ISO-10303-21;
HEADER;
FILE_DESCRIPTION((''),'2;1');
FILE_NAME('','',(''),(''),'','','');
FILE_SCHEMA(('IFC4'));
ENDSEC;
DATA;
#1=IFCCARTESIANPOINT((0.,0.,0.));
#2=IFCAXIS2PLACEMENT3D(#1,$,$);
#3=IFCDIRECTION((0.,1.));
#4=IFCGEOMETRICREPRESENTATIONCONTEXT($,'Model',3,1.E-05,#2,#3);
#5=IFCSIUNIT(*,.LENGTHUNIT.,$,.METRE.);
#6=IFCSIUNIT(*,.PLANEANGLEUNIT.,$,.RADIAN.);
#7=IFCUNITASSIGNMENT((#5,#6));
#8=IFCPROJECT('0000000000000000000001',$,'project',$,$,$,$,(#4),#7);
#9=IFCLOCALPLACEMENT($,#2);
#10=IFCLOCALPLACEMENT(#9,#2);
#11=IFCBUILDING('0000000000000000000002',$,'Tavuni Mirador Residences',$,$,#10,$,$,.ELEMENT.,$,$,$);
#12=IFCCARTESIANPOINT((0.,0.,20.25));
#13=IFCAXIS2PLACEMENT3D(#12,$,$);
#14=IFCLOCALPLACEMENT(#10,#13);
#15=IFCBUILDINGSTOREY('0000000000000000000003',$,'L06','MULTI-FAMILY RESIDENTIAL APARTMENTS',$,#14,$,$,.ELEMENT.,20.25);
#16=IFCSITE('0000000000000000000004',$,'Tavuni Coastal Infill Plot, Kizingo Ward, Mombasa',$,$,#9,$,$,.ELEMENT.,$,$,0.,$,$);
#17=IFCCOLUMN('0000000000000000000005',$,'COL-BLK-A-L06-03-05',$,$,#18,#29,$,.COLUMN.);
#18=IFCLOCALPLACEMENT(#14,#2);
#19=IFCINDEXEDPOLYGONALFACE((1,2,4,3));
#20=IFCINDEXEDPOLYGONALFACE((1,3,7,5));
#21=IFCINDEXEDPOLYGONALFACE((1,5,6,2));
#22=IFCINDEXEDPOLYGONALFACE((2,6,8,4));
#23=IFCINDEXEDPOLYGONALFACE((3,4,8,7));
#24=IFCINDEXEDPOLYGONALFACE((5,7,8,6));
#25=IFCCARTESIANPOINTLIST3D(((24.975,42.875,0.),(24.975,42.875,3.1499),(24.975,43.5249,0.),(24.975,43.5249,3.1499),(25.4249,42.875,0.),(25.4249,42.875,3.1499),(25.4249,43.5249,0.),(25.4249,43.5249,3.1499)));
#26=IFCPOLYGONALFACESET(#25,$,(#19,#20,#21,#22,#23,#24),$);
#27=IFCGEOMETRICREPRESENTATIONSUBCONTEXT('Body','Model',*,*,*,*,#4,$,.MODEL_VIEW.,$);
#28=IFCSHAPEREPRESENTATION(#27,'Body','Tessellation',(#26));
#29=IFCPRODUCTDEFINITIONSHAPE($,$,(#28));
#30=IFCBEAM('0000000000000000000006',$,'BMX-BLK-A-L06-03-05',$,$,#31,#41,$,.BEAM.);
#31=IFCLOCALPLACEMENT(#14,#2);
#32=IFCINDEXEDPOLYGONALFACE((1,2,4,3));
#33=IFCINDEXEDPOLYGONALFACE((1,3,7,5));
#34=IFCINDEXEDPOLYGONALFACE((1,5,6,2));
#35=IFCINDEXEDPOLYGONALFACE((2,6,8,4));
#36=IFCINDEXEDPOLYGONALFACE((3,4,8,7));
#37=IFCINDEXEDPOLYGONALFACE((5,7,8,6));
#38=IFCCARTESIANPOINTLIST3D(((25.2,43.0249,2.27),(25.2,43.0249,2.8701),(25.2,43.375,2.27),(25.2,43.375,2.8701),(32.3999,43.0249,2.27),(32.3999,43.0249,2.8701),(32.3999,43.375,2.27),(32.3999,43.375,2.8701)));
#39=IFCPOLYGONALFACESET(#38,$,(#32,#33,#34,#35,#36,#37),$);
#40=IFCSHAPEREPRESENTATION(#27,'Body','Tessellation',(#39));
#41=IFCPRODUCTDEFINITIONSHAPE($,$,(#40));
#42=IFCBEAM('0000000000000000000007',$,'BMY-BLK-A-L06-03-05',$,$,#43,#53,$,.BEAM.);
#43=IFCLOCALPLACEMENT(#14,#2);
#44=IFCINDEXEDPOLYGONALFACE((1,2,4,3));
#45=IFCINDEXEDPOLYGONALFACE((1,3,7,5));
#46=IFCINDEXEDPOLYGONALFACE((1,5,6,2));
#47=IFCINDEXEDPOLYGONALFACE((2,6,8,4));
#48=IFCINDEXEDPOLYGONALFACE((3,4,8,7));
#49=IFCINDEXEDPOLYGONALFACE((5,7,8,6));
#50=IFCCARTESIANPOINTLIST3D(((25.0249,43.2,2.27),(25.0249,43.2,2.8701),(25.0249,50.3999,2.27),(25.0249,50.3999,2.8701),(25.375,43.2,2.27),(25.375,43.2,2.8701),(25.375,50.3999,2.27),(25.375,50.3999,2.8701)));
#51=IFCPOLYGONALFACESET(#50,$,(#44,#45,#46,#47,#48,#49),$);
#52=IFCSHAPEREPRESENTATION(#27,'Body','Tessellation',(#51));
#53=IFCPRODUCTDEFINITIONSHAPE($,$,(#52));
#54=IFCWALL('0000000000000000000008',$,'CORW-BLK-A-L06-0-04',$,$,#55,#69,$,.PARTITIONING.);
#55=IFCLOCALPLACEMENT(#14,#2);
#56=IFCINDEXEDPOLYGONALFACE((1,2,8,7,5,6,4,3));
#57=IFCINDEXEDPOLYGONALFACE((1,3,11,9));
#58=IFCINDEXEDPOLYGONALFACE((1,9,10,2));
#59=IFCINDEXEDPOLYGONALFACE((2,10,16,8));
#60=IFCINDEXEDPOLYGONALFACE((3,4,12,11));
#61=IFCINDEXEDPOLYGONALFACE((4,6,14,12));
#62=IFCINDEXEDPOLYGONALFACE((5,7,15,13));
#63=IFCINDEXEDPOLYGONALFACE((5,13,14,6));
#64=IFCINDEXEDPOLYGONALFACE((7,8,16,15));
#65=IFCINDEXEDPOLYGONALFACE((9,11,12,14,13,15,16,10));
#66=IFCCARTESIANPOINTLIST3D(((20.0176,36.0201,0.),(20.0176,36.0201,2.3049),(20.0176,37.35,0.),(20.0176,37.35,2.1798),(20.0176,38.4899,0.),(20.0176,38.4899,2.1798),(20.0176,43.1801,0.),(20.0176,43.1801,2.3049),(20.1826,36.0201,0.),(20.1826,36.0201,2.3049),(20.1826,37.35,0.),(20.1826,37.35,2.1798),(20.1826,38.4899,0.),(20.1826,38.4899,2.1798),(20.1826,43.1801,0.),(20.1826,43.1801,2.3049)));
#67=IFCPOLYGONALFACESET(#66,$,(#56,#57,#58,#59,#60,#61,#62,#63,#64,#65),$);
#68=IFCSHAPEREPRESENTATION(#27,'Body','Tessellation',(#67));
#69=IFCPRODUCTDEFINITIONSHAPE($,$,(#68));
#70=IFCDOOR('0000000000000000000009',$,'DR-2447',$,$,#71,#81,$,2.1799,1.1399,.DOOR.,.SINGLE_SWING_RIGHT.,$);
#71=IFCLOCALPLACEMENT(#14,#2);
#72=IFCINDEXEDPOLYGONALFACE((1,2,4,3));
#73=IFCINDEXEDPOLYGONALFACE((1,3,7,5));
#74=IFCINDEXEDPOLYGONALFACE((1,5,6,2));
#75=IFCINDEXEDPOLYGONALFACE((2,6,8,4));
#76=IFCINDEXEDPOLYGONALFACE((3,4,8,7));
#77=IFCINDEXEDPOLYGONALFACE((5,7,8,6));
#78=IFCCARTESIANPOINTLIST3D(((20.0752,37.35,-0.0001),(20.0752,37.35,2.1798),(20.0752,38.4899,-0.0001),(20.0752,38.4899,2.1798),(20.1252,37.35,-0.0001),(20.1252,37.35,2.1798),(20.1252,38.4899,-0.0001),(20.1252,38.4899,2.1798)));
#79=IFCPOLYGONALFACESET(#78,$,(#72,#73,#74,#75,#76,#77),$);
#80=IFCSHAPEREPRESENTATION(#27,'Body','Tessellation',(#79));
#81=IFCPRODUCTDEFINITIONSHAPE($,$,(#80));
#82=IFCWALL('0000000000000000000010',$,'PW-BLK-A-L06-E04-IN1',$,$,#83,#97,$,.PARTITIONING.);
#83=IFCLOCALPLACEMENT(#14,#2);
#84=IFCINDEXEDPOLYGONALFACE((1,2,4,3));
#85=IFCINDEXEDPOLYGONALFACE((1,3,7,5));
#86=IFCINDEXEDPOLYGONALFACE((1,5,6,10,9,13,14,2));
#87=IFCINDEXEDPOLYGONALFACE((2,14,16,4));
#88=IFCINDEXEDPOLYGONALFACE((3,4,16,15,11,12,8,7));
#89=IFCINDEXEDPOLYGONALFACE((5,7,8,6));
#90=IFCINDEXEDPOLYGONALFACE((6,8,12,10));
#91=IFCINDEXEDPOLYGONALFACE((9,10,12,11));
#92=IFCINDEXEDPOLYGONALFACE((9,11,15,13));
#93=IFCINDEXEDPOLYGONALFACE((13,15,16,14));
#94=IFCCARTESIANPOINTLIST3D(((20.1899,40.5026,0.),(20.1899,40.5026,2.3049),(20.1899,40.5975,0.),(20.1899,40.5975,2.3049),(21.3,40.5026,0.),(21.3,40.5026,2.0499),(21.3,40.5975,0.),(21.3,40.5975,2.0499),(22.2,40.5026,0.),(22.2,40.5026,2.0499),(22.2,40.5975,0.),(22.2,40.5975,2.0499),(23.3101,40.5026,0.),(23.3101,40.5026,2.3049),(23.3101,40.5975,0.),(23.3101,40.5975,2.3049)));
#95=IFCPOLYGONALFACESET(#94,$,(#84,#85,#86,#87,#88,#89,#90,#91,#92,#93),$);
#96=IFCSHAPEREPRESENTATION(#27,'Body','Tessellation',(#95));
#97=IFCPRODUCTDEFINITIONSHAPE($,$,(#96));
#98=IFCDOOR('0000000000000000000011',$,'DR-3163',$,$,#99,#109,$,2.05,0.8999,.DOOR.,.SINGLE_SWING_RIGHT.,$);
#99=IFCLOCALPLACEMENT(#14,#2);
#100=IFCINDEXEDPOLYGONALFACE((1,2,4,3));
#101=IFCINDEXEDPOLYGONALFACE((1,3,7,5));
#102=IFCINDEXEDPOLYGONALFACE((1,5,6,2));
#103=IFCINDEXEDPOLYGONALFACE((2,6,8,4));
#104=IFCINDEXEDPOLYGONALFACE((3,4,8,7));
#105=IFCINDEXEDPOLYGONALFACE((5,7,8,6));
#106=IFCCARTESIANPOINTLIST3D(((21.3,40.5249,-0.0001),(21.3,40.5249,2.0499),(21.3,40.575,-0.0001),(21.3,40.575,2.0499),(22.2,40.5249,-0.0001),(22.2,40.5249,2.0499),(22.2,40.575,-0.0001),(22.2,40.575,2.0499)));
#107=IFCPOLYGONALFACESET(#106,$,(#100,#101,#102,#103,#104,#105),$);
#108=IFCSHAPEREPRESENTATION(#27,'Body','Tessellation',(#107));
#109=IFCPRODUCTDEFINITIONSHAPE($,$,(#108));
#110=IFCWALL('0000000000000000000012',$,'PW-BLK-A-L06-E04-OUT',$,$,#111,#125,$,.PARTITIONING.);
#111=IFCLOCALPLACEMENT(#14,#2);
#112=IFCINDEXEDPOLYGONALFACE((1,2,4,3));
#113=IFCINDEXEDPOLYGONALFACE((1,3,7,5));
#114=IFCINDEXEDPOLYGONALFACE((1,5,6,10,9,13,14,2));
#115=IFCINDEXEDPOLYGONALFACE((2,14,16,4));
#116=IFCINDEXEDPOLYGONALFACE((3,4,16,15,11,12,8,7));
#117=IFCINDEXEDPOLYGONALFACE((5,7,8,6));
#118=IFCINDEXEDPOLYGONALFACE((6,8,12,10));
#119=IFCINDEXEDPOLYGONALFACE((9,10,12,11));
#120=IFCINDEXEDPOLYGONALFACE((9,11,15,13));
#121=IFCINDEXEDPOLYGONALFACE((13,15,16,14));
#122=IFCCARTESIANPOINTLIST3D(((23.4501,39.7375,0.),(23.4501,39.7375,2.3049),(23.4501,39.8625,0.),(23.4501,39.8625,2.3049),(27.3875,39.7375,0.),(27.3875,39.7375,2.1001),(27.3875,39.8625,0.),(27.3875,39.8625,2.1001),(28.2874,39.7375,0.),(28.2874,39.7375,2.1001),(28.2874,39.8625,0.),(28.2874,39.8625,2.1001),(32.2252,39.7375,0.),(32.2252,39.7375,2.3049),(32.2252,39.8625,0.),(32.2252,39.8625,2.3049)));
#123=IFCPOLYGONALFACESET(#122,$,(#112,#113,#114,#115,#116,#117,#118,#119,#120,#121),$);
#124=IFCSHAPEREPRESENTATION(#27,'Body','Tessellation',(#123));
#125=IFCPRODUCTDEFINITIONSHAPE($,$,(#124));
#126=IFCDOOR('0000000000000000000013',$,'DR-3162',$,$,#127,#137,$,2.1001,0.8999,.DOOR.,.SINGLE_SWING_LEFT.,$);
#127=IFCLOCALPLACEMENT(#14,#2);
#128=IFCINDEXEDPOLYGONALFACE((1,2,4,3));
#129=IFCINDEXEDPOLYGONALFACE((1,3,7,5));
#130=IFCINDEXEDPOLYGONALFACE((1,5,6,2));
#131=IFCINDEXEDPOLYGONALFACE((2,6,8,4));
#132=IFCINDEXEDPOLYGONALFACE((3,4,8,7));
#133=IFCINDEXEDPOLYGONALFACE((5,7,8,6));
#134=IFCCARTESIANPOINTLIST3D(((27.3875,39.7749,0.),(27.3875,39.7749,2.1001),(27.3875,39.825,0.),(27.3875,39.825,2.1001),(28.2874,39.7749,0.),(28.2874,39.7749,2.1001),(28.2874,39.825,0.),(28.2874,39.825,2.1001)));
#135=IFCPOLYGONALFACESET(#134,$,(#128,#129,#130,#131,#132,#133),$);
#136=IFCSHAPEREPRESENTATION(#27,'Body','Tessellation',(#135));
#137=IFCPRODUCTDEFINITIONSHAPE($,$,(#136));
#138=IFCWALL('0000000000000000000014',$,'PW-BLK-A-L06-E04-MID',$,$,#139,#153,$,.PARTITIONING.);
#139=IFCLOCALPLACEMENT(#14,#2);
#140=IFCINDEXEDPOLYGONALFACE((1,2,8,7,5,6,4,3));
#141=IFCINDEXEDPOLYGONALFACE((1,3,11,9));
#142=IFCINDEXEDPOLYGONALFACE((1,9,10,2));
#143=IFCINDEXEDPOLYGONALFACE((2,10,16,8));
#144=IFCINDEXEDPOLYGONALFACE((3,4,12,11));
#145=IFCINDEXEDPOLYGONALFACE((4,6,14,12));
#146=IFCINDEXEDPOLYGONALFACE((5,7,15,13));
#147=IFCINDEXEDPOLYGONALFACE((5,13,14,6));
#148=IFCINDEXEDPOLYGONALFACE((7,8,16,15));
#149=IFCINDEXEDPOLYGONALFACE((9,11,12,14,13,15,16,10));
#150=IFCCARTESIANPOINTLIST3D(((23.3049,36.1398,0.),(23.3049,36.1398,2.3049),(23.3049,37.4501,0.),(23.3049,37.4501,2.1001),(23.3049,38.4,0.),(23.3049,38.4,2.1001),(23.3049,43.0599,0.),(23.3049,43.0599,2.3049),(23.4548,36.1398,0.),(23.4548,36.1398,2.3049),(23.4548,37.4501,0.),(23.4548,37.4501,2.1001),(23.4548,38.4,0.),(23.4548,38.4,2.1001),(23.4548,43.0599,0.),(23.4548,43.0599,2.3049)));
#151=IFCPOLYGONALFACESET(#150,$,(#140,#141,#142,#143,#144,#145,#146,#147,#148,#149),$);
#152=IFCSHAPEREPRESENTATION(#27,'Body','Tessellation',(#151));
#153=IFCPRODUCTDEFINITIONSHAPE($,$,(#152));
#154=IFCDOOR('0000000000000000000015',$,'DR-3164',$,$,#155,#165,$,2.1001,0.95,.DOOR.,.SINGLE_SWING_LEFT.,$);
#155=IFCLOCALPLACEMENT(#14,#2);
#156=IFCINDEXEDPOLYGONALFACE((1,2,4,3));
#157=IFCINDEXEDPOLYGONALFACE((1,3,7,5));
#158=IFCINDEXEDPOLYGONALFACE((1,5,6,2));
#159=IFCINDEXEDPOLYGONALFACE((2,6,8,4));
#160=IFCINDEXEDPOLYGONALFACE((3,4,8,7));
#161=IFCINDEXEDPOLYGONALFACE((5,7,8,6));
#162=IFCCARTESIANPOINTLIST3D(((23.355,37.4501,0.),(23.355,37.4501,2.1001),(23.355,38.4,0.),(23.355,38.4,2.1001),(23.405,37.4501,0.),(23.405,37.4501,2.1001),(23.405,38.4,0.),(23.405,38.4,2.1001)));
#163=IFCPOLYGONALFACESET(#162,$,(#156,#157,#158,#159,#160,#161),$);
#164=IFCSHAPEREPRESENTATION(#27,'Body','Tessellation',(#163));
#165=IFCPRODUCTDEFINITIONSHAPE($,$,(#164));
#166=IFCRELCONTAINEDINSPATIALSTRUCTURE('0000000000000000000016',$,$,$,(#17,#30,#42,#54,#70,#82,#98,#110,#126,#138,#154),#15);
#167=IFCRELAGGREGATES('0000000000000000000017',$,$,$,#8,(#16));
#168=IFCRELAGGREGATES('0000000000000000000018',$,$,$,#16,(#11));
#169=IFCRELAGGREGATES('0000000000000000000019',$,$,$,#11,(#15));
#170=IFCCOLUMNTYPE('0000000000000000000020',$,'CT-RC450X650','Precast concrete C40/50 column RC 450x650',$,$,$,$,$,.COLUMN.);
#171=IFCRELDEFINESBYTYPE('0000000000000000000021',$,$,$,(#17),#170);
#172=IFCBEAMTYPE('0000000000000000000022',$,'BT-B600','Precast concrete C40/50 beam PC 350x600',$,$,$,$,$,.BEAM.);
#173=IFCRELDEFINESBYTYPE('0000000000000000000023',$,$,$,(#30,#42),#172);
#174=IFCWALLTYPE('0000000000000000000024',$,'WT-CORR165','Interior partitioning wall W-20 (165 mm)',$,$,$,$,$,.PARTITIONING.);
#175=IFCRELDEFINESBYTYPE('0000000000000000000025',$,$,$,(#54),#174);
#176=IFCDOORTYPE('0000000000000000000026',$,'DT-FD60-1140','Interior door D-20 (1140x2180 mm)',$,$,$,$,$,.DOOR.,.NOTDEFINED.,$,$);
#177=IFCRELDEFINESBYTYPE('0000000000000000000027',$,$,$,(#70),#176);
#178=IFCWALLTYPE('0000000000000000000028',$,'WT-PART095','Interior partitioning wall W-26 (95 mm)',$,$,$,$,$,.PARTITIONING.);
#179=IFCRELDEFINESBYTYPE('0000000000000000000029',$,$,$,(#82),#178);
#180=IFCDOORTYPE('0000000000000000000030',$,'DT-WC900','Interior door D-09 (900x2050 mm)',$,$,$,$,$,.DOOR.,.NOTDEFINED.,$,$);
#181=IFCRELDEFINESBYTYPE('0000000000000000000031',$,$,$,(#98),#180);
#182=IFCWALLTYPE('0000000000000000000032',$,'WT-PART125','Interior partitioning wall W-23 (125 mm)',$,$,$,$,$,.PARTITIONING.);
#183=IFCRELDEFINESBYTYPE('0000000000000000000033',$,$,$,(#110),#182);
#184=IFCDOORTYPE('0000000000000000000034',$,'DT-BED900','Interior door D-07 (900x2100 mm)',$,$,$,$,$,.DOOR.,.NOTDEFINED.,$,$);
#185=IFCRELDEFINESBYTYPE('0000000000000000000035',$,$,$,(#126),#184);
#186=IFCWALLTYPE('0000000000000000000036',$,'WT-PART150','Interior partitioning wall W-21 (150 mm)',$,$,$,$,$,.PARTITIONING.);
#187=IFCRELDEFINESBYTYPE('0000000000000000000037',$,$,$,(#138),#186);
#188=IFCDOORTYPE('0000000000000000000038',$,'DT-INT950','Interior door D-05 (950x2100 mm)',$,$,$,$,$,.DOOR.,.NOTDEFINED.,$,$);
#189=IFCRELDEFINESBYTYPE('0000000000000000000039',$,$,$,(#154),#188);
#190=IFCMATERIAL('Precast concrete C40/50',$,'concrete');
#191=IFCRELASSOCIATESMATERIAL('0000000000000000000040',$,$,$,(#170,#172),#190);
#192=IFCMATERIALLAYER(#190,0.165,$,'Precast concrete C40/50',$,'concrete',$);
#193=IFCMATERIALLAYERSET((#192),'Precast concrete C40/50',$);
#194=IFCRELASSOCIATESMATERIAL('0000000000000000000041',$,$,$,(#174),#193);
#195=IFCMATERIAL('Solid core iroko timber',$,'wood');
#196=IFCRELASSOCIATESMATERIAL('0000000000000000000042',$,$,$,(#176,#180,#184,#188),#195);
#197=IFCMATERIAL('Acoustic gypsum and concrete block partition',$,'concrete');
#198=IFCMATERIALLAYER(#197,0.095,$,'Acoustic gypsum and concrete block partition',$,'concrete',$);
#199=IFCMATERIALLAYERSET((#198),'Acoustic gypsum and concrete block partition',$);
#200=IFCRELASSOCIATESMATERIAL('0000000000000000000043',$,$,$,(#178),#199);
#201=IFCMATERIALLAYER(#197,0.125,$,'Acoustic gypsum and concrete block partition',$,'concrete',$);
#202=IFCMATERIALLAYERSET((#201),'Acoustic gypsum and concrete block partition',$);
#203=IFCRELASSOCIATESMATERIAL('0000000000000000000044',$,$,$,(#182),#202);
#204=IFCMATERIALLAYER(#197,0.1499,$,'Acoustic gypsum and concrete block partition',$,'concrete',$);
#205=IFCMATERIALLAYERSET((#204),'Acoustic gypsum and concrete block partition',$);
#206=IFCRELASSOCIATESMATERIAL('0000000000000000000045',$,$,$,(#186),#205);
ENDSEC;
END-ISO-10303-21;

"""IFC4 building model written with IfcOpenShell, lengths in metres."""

from ifc_helpers import new_model, si_unit, direction, frame, frame_2d, origin, origin_2d, place, context, subcontext, project, spatial, rectangle, extrude, material, layer, layer_set, material_profile, profile_set, type_object, element, fill, save


model = new_model("IFC4")

# Units and contexts
model_context = context("Model", 3, precision=1e-05, world=origin(), true_north=direction((0.0, 1.0)))
body_context = subcontext(model_context, "Body", "Model", "MODEL_VIEW")
ifc_project = project(units=[si_unit("LENGTHUNIT", "METRE"), si_unit("PLANEANGLEUNIT", "RADIAN")], contexts=[model_context])

# Site, building, storey
site_placement = place(None, origin())
site = spatial("IfcSite", under=ifc_project, at=site_placement, Name="Tavuni Coastal Infill Plot, Kizingo Ward, Mombasa", CompositionType="ELEMENT", RefElevation=0.0)
building_placement = place(site_placement, origin())
building = spatial("IfcBuilding", under=site, at=building_placement, Name="Tavuni Mirador Residences", CompositionType="ELEMENT")
storey_placement = place(building_placement, frame((0.0, 0.0, 20.25)))
storey = spatial("IfcBuildingStorey", under=building, at=storey_placement, Name="L06", Description="MULTI-FAMILY RESIDENTIAL APARTMENTS", CompositionType="ELEMENT", Elevation=20.25)

# Column
ifc_material_1 = material(Name="Precast concrete C40/50", Category="concrete")
ifc_material_profile_1 = material_profile(ifc_material_1, rectangle(XDim=0.45, YDim=0.6499, at=origin_2d()), Name="RC 450x650", Category="concrete")
ifc_profile_set_1 = profile_set([ifc_material_profile_1], Name="Precast concrete C40/50")
column_type = type_object("IfcColumnType", Name="CT-RC450X650", Description="Precast concrete C40/50 column RC 450x650", PredefinedType="COLUMN", material=ifc_profile_set_1)
column_placement = place(storey_placement, frame((25.2, 43.2, 0.0), z_axis=(0.0, 0.0, 1.0), x_axis=(1.0, 0.0, 0.0)))
element("IfcColumn", 1, at=column_placement, inside=storey, type_object=column_type, Name="COL-BLK-A-L06-03-05", PredefinedType="COLUMN", context=body_context, shape_type="SweptSolid", body=[
    extrude(rectangle(XDim=0.45, YDim=0.6499, at=origin_2d()), origin(), (0.0, 0.0, 1.0), 3.1499),
])

# Beams
ifc_material_profile_2 = material_profile(ifc_material_1, rectangle(XDim=0.3501, YDim=0.6001, at=origin_2d()), Name="PC 350x600", Category="concrete")
ifc_profile_set_2 = profile_set([ifc_material_profile_2], Name="Precast concrete C40/50")
beam_type = type_object("IfcBeamType", Name="BT-B600", Description="Precast concrete C40/50 beam PC 350x600", PredefinedType="BEAM", material=ifc_profile_set_2)
for number, where, z_axis, x_axis, name in (
    (2, (25.2, 43.2, 2.5701), (1.0, 0.0, 0.0), (0.0, 1.0, 0.0), "BMX-BLK-A-L06-03-05"),
    (3, (25.2, 43.2, 2.5701), (0.0, 1.0, 0.0), (-1.0, 0.0, 0.0), "BMY-BLK-A-L06-03-05"),
):
    element("IfcBeam", number, at=place(storey_placement, frame(where, z_axis=z_axis, x_axis=x_axis)), inside=storey, type_object=beam_type, Name=name, PredefinedType="BEAM", context=body_context, shape_type="SweptSolid", body=[
        extrude(rectangle(XDim=0.3501, YDim=0.6001, at=origin_2d()), origin(), (0.0, 0.0, 1.0), 7.2),
    ])

# Walls, openings, doors
ifc_layer_1 = layer(ifc_material_1, 0.165, Name="Precast concrete C40/50", Category="concrete")
ifc_layer_set_1 = layer_set([ifc_layer_1], Name="Precast concrete C40/50")
wall_type_1 = type_object("IfcWallType", Name="WT-CORR165", Description="Interior partitioning wall W-20 (165 mm)", PredefinedType="PARTITIONING", material=ifc_layer_set_1)
wall_1_placement = place(storey_placement, frame((20.1001, 36.02, 0.0), z_axis=(0.0, 0.0, 1.0), x_axis=(0.0, 1.0, 0.0)))
wall_1 = element("IfcWall", 4, at=wall_1_placement, inside=storey, type_object=wall_type_1, Name="CORW-BLK-A-L06-0-04", PredefinedType="PARTITIONING", context=body_context, shape_type="SweptSolid", body=[
    extrude(rectangle(XDim=7.1599, YDim=0.165, at=frame_2d((3.5801, 0.0))), origin(), (0.0, 0.0, 1.0), 2.3049),
])
opening_1_placement = place(wall_1_placement, frame((1.3301, 0.0, 0.0)))
opening_1 = element("IfcOpeningElement", 5, at=opening_1_placement, cuts=wall_1, PredefinedType="OPENING", context=body_context, shape_type="SweptSolid", body=[
    extrude(rectangle(XDim=1.1399, YDim=2.1799, at=frame_2d((0.5698, 1.0898))), frame((0.0, 0.0925, 0.0), z_axis=(0.0, -1.0, 0.0), x_axis=(1.0, 0.0, 0.0)), (0.0, 0.0, 1.0), 0.1851),
])
ifc_material_2 = material(Name="Solid core iroko timber", Category="wood")
door_type_1 = type_object("IfcDoorType", Name="DT-FD60-1140", Description="Interior door D-20 (1140x2180 mm)", OperationType="NOTDEFINED", PredefinedType="DOOR", material=ifc_material_2)
door_1_placement = place(opening_1_placement, origin())
door_1 = element("IfcDoor", 6, at=door_1_placement, inside=storey, type_object=door_type_1, Name="DR-2447", OperationType="SINGLE_SWING_RIGHT", OverallHeight=2.1799, OverallWidth=1.1399, PredefinedType="DOOR", context=body_context, shape_type="SweptSolid", body=[
    extrude(rectangle(XDim=1.1399, YDim=2.1799, at=frame_2d((0.5698, 1.0898))), frame((0.0, 0.0249, 0.0), z_axis=(0.0, -1.0, 0.0), x_axis=(1.0, 0.0, 0.0)), (0.0, 0.0, 1.0), 0.05),
])
fill(opening_1, door_1)
ifc_material_3 = material(Name="Acoustic gypsum and concrete block partition", Category="concrete")
ifc_layer_2 = layer(ifc_material_3, 0.095, Name="Acoustic gypsum and concrete block partition", Category="concrete")
ifc_layer_set_2 = layer_set([ifc_layer_2], Name="Acoustic gypsum and concrete block partition")
wall_type_2 = type_object("IfcWallType", Name="WT-PART095", Description="Interior partitioning wall W-26 (95 mm)", PredefinedType="PARTITIONING", material=ifc_layer_set_2)
wall_2_placement = place(storey_placement, frame((20.1899, 40.55, 0.0), z_axis=(0.0, 0.0, 1.0), x_axis=(1.0, 0.0, 0.0)))
wall_2 = element("IfcWall", 7, at=wall_2_placement, inside=storey, type_object=wall_type_2, Name="PW-BLK-A-L06-E04-IN1", PredefinedType="PARTITIONING", context=body_context, shape_type="SweptSolid", body=[
    extrude(rectangle(XDim=3.1201, YDim=0.095, at=frame_2d((1.5601, 0.0))), origin(), (0.0, 0.0, 1.0), 2.3049),
])
opening_2_placement = place(wall_2_placement, frame((1.1101, 0.0, 0.0)))
opening_2 = element("IfcOpeningElement", 8, at=opening_2_placement, cuts=wall_2, PredefinedType="OPENING", context=body_context, shape_type="SweptSolid", body=[
    extrude(rectangle(XDim=0.8999, YDim=2.05, at=frame_2d((0.45, 1.0249))), frame((0.0, 0.0576, 0.0), z_axis=(0.0, -1.0, 0.0), x_axis=(1.0, 0.0, 0.0)), (0.0, 0.0, 1.0), 0.115),
])
door_type_2 = type_object("IfcDoorType", Name="DT-WC900", Description="Interior door D-09 (900x2050 mm)", OperationType="NOTDEFINED", PredefinedType="DOOR", material=ifc_material_2)
door_2_placement = place(opening_2_placement, origin())
door_2 = element("IfcDoor", 9, at=door_2_placement, inside=storey, type_object=door_type_2, Name="DR-3163", OperationType="SINGLE_SWING_RIGHT", OverallHeight=2.05, OverallWidth=0.8999, PredefinedType="DOOR", context=body_context, shape_type="SweptSolid", body=[
    extrude(rectangle(XDim=0.8999, YDim=2.05, at=frame_2d((0.45, 1.0249))), frame((0.0, 0.0249, 0.0), z_axis=(0.0, -1.0, 0.0), x_axis=(1.0, 0.0, 0.0)), (0.0, 0.0, 1.0), 0.05),
])
fill(opening_2, door_2)
ifc_layer_3 = layer(ifc_material_3, 0.125, Name="Acoustic gypsum and concrete block partition", Category="concrete")
ifc_layer_set_3 = layer_set([ifc_layer_3], Name="Acoustic gypsum and concrete block partition")
wall_type_3 = type_object("IfcWallType", Name="WT-PART125", Description="Interior partitioning wall W-23 (125 mm)", PredefinedType="PARTITIONING", material=ifc_layer_set_3)
wall_3_placement = place(storey_placement, frame((23.45, 39.8, 0.0), z_axis=(0.0, 0.0, 1.0), x_axis=(1.0, 0.0, 0.0)))
wall_3 = element("IfcWall", 10, at=wall_3_placement, inside=storey, type_object=wall_type_3, Name="PW-BLK-A-L06-E04-OUT", PredefinedType="PARTITIONING", context=body_context, shape_type="SweptSolid", body=[
    extrude(rectangle(XDim=8.7751, YDim=0.125, at=frame_2d((4.3877, 0.0))), origin(), (0.0, 0.0, 1.0), 2.3049),
])
opening_3_placement = place(wall_3_placement, frame((3.9375, 0.0, 0.0)))
opening_3 = element("IfcOpeningElement", 11, at=opening_3_placement, cuts=wall_3, PredefinedType="OPENING", context=body_context, shape_type="SweptSolid", body=[
    extrude(rectangle(XDim=0.8999, YDim=2.1001, at=frame_2d((0.45, 1.05))), frame((0.0, 0.0725, 0.0), z_axis=(0.0, -1.0, 0.0), x_axis=(1.0, 0.0, 0.0)), (0.0, 0.0, 1.0), 0.145),
])
door_type_3 = type_object("IfcDoorType", Name="DT-BED900", Description="Interior door D-07 (900x2100 mm)", OperationType="NOTDEFINED", PredefinedType="DOOR", material=ifc_material_2)
door_3_placement = place(opening_3_placement, origin())
door_3 = element("IfcDoor", 12, at=door_3_placement, inside=storey, type_object=door_type_3, Name="DR-3162", OperationType="SINGLE_SWING_LEFT", OverallHeight=2.1001, OverallWidth=0.8999, PredefinedType="DOOR", context=body_context, shape_type="SweptSolid", body=[
    extrude(rectangle(XDim=0.8999, YDim=2.1001, at=frame_2d((0.45, 1.05))), frame((0.0, 0.0249, 0.0), z_axis=(0.0, -1.0, 0.0), x_axis=(1.0, 0.0, 0.0)), (0.0, 0.0, 1.0), 0.05),
])
fill(opening_3, door_3)
ifc_layer_4 = layer(ifc_material_3, 0.1499, Name="Acoustic gypsum and concrete block partition", Category="concrete")
ifc_layer_set_4 = layer_set([ifc_layer_4], Name="Acoustic gypsum and concrete block partition")
wall_type_4 = type_object("IfcWallType", Name="WT-PART150", Description="Interior partitioning wall W-21 (150 mm)", PredefinedType="PARTITIONING", material=ifc_layer_set_4)
wall_4_placement = place(storey_placement, frame((23.3799, 36.1399, 0.0), z_axis=(0.0, 0.0, 1.0), x_axis=(0.0, 1.0, 0.0)))
wall_4 = element("IfcWall", 13, at=wall_4_placement, inside=storey, type_object=wall_type_4, Name="PW-BLK-A-L06-E04-MID", PredefinedType="PARTITIONING", context=body_context, shape_type="SweptSolid", body=[
    extrude(rectangle(XDim=6.9202, YDim=0.1499, at=frame_2d((3.46, 0.0))), origin(), (0.0, 0.0, 1.0), 2.3049),
])
opening_4_placement = place(wall_4_placement, frame((1.3101, 0.0, 0.0)))
opening_4 = element("IfcOpeningElement", 14, at=opening_4_placement, cuts=wall_4, PredefinedType="OPENING", context=body_context, shape_type="SweptSolid", body=[
    extrude(rectangle(XDim=0.95, YDim=2.1001, at=frame_2d((0.4751, 1.05))), frame((0.0, 0.085, 0.0), z_axis=(0.0, -1.0, 0.0), x_axis=(1.0, 0.0, 0.0)), (0.0, 0.0, 1.0), 0.1699),
])
door_type_4 = type_object("IfcDoorType", Name="DT-INT950", Description="Interior door D-05 (950x2100 mm)", OperationType="NOTDEFINED", PredefinedType="DOOR", material=ifc_material_2)
door_4_placement = place(opening_4_placement, origin())
door_4 = element("IfcDoor", 15, at=door_4_placement, inside=storey, type_object=door_type_4, Name="DR-3164", OperationType="SINGLE_SWING_LEFT", OverallHeight=2.1001, OverallWidth=0.95, PredefinedType="DOOR", context=body_context, shape_type="SweptSolid", body=[
    extrude(rectangle(XDim=0.95, YDim=2.1001, at=frame_2d((0.4751, 1.05))), frame((0.0, 0.0249, 0.0), z_axis=(0.0, -1.0, 0.0), x_axis=(1.0, 0.0, 0.0)), (0.0, 0.0, 1.0), 0.05),
])
fill(opening_4, door_4)

save(model, "model.ifc")
